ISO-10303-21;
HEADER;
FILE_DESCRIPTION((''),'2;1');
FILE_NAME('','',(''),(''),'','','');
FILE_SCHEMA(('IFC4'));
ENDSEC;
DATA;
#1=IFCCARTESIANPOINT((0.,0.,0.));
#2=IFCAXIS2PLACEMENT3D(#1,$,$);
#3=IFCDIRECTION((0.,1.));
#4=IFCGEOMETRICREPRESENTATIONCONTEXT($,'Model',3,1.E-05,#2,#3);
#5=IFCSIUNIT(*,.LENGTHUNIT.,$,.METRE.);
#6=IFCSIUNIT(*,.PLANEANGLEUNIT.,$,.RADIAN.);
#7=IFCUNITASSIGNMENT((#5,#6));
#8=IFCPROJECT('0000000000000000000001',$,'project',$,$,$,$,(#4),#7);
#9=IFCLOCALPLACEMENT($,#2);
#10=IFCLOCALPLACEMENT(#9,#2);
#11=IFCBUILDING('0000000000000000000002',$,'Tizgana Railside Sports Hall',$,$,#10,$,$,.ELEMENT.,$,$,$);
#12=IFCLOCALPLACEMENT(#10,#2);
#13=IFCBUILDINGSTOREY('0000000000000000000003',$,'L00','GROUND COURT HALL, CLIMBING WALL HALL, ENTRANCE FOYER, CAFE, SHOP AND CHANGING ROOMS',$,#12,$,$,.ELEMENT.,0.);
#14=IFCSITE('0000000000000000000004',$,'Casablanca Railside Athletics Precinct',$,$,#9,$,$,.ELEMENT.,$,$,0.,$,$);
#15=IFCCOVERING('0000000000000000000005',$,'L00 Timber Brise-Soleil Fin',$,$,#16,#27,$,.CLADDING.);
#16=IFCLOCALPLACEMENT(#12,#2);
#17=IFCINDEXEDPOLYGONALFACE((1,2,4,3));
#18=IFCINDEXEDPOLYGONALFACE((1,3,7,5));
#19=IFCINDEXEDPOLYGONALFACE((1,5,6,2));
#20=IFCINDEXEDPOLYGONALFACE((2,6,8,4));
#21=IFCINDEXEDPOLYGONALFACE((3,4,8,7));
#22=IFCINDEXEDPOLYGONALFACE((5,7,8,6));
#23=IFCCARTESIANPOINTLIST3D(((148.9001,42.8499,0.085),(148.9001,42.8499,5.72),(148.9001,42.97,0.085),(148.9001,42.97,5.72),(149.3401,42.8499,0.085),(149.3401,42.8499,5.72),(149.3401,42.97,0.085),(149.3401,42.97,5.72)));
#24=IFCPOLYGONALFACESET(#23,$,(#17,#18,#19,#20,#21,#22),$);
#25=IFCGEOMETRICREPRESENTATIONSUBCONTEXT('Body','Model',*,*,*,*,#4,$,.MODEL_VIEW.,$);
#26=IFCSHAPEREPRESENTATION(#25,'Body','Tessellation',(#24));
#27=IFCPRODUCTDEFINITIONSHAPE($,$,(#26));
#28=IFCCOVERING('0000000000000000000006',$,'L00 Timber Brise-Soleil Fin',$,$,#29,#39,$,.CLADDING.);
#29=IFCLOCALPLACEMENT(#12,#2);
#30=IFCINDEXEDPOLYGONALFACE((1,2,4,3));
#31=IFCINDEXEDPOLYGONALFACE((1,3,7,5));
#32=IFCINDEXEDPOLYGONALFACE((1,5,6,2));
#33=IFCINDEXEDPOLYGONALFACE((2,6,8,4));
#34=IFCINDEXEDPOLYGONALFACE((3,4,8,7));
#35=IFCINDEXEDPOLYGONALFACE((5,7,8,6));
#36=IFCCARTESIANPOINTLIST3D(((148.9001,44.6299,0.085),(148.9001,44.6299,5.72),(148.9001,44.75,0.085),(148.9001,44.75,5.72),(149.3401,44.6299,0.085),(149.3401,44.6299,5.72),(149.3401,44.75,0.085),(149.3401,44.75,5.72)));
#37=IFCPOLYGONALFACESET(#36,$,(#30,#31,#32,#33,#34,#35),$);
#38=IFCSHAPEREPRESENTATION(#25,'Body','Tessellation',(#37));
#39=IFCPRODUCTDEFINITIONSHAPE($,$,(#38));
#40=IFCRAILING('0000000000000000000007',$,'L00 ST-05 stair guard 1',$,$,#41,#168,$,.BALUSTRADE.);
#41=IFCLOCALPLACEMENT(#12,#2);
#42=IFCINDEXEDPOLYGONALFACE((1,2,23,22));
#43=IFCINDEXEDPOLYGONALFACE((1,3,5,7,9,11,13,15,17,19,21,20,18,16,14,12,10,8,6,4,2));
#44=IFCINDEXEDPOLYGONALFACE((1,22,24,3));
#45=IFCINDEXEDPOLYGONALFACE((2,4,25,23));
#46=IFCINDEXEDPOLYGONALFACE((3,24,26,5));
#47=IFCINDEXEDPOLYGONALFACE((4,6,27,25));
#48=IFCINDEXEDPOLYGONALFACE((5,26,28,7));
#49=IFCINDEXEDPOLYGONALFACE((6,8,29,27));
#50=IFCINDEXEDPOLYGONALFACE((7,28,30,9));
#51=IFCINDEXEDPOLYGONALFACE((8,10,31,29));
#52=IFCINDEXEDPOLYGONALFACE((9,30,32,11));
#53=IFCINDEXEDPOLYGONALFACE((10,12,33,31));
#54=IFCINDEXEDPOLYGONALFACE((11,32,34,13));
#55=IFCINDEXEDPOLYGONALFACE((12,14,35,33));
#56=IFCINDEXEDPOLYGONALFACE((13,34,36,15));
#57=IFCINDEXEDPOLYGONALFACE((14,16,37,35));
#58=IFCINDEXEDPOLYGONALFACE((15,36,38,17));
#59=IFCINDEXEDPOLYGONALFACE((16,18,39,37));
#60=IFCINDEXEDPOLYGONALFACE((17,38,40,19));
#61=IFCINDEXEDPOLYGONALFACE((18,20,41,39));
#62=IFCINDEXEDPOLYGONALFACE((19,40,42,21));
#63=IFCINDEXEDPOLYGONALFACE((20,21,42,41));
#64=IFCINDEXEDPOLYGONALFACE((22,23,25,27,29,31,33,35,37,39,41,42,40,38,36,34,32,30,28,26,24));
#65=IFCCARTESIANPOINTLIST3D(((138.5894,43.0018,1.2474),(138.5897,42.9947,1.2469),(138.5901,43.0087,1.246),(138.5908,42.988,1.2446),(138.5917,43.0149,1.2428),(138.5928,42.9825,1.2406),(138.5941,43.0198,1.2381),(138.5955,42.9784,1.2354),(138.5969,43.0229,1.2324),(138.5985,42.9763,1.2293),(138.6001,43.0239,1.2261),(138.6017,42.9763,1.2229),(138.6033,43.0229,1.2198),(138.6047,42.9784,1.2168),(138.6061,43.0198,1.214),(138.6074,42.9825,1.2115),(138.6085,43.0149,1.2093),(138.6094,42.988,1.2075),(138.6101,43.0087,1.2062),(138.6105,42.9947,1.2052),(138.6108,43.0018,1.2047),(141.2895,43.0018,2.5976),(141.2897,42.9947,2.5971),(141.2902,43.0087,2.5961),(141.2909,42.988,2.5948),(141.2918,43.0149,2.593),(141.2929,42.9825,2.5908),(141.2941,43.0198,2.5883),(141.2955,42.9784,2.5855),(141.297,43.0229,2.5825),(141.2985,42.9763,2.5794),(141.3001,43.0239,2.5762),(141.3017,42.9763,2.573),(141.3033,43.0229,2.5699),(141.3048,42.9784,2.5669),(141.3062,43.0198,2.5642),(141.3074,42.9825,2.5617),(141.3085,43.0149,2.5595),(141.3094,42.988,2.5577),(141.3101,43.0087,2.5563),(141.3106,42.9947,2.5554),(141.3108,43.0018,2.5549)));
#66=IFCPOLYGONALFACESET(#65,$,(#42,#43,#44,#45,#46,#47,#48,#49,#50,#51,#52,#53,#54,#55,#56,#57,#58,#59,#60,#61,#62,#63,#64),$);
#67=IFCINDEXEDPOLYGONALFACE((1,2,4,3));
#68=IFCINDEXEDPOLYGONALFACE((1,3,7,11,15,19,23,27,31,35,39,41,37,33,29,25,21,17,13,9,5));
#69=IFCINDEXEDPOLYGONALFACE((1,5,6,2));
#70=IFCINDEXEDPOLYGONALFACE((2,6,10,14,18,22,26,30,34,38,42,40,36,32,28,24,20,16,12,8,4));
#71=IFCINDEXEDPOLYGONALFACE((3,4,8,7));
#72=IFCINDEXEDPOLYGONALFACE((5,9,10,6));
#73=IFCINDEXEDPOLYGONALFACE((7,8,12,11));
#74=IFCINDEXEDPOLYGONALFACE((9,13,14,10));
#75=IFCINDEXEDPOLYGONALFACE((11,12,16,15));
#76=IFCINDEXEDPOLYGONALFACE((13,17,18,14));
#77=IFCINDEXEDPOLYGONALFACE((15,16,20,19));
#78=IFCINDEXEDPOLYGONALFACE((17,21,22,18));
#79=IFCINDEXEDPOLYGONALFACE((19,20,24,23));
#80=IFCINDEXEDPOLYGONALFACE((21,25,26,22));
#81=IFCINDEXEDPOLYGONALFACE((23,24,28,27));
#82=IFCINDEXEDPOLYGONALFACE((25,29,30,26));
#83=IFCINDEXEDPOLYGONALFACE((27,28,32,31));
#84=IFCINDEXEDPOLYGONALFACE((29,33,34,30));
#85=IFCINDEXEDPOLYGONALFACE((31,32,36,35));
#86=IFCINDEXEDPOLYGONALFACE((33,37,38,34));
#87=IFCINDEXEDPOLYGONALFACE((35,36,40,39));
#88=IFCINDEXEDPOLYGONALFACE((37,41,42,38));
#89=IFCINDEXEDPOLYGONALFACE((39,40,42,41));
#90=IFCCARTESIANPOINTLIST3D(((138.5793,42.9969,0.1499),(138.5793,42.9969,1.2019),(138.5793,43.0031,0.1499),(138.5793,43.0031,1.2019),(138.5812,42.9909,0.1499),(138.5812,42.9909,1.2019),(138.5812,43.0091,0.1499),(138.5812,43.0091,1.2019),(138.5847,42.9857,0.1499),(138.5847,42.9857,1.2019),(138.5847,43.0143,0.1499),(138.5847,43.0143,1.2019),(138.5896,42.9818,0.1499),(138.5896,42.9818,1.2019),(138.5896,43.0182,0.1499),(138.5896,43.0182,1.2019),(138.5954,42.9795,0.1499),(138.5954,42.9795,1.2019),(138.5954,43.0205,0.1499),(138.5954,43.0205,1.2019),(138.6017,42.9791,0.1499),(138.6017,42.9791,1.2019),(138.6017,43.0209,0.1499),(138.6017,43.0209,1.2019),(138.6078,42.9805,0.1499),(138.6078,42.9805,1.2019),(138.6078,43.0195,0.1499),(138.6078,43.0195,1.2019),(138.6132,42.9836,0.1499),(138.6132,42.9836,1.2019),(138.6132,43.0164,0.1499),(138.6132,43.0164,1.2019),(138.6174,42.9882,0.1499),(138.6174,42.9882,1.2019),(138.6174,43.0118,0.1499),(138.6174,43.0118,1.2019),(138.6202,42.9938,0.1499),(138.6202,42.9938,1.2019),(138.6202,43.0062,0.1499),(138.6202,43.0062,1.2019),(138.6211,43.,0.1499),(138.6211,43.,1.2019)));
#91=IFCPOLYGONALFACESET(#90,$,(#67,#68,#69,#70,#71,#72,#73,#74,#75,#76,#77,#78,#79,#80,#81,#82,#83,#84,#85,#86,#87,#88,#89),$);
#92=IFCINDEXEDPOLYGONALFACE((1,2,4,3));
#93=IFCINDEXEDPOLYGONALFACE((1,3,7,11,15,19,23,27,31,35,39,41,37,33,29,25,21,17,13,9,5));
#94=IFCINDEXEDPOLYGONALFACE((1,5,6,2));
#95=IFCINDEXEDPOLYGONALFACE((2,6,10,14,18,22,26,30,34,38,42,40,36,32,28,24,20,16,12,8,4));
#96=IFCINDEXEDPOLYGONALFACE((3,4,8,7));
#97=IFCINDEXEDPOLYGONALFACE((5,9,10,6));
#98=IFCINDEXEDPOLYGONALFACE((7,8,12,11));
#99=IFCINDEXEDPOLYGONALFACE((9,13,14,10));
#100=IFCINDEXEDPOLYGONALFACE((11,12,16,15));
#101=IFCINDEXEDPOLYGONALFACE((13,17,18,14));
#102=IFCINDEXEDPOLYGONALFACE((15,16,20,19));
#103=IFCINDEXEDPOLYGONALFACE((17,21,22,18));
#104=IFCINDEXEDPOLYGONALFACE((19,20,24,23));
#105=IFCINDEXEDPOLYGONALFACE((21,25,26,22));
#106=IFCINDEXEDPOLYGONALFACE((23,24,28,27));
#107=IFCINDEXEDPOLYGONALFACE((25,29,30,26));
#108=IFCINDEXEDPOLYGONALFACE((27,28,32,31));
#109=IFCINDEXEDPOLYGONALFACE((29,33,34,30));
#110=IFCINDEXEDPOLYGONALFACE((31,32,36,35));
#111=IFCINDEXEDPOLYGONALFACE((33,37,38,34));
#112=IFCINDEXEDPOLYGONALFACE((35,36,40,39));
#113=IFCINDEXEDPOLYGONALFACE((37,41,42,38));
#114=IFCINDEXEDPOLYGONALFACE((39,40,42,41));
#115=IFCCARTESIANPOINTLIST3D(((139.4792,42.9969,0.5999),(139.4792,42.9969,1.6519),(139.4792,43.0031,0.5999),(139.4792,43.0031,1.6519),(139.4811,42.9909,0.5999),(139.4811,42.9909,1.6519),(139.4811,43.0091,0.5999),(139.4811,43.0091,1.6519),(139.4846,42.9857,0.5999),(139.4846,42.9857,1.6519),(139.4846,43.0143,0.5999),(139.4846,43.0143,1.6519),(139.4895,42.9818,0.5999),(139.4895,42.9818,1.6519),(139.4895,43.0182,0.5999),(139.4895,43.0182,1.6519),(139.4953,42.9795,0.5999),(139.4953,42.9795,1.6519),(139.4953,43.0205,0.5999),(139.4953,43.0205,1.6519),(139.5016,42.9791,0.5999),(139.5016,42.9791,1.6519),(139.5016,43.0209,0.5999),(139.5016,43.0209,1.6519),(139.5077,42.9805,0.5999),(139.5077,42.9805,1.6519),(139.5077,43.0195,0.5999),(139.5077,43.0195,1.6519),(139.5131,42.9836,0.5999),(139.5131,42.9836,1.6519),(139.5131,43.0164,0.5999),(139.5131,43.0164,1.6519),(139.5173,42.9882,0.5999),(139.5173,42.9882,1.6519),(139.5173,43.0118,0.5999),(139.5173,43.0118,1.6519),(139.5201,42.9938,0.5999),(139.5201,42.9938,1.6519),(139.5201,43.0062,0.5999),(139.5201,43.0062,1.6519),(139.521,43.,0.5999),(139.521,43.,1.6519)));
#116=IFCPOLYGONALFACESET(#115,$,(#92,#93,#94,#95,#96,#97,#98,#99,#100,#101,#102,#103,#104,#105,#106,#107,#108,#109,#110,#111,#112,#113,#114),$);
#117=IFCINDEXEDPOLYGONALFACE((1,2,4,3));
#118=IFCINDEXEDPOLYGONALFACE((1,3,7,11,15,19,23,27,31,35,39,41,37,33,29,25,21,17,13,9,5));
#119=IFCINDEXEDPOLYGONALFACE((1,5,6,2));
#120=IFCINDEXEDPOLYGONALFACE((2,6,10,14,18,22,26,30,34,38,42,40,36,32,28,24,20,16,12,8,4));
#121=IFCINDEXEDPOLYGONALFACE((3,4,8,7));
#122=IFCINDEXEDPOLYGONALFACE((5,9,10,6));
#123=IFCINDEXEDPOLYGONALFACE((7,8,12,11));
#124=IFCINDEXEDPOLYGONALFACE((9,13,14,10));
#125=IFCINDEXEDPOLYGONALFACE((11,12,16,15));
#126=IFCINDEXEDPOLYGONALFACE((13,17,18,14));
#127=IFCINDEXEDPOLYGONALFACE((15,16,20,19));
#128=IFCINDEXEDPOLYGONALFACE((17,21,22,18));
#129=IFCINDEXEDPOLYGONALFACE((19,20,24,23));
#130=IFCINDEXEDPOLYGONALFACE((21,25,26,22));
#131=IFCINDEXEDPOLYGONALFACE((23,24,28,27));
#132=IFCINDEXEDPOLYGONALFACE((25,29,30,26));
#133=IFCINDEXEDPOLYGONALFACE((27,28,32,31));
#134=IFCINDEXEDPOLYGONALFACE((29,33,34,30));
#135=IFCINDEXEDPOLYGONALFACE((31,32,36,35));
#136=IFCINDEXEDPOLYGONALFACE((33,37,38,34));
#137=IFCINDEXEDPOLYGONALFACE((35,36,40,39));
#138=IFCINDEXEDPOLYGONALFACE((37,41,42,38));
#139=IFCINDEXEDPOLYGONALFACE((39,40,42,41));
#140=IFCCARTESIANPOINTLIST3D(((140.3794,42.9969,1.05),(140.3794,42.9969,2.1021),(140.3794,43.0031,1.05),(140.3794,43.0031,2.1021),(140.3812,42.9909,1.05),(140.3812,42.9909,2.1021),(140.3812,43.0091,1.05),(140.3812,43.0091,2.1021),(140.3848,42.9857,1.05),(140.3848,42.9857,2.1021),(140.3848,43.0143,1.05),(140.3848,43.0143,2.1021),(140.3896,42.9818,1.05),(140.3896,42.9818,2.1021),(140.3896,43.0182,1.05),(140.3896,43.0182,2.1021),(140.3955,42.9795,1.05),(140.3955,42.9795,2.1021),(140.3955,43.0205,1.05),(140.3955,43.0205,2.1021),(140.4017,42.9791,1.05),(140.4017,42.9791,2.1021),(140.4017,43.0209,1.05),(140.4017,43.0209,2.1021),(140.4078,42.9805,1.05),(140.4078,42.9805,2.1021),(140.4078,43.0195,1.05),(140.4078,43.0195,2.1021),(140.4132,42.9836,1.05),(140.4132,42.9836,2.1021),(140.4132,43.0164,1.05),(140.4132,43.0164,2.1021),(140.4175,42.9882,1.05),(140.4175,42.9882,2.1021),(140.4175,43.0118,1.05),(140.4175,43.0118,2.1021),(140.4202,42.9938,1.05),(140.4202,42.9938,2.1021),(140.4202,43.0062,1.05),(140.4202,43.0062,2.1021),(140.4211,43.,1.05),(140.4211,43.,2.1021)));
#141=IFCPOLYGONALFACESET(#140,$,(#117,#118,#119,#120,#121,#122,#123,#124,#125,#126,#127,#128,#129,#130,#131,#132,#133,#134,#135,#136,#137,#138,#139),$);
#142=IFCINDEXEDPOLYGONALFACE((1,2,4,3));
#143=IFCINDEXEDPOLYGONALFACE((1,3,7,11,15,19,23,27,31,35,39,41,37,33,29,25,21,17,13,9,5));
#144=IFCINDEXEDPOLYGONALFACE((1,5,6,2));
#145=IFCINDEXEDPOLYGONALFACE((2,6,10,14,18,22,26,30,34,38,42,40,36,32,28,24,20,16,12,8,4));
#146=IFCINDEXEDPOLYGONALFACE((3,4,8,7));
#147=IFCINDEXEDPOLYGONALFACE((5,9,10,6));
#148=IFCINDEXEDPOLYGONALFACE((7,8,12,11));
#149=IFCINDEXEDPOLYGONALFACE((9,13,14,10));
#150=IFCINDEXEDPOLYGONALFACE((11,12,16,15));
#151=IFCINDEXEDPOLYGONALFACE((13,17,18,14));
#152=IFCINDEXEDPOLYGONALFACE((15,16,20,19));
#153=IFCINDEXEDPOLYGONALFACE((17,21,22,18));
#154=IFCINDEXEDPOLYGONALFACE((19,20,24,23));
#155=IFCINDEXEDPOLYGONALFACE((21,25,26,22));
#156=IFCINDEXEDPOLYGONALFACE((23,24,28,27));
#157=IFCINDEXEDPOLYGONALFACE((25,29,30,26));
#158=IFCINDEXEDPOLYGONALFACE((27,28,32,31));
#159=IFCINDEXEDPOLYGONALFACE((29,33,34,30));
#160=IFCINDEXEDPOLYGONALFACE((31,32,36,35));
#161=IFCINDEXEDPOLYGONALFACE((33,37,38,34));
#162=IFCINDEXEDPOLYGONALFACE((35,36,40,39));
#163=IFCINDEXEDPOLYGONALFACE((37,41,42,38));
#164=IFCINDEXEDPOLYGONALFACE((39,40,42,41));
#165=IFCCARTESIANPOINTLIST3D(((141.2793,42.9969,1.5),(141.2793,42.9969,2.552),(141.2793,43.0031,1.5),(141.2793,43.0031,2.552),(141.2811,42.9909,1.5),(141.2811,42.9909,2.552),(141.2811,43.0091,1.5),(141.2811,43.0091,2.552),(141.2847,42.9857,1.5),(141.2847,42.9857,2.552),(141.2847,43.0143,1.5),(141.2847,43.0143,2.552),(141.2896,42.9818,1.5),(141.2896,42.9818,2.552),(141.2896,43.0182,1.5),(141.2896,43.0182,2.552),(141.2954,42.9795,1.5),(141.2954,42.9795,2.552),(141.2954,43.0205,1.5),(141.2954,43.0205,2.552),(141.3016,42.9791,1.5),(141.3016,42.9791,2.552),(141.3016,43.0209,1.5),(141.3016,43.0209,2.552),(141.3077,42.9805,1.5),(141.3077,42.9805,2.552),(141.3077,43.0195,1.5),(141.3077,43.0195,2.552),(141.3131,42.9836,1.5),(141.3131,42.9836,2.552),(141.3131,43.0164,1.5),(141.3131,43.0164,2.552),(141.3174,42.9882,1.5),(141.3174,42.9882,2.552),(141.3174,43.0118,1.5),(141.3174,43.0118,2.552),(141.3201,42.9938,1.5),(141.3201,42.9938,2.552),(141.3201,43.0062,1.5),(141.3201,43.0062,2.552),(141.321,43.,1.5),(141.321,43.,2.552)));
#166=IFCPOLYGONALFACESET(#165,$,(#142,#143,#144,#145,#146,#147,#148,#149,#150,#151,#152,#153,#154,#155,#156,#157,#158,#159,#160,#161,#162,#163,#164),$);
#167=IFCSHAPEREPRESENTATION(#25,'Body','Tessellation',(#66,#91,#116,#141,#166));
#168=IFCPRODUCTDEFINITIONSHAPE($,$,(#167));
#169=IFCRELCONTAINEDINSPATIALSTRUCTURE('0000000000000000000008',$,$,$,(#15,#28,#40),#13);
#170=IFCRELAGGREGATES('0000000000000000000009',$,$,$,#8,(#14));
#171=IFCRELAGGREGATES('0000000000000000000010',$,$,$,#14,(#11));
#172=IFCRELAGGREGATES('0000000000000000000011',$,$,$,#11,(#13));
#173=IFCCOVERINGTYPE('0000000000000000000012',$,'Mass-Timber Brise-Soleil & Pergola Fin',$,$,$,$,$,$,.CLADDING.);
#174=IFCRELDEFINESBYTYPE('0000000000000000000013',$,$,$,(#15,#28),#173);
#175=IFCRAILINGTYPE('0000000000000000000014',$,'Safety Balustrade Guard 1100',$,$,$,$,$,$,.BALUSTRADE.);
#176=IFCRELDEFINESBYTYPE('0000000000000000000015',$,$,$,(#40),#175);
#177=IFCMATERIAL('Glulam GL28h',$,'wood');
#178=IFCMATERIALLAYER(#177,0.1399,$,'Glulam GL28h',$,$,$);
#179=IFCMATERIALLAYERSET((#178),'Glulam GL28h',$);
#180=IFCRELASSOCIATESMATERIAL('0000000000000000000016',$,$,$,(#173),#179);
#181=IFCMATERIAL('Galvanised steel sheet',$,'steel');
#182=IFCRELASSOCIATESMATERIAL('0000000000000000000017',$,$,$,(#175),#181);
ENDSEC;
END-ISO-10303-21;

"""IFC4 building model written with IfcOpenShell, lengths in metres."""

from ifc_helpers import new_model, si_unit, direction, frame, origin, origin_2d, place, context, subcontext, project, spatial, rectangle, circle, extrude, material, layer, layer_set, type_object, element, save


model = new_model("IFC4")

# Units and contexts
model_context = context("Model", 3, precision=1e-05, world=origin(), true_north=direction((0.0, 1.0)))
body_context = subcontext(model_context, "Body", "Model", "MODEL_VIEW")
ifc_project = project(units=[si_unit("LENGTHUNIT", "METRE"), si_unit("PLANEANGLEUNIT", "RADIAN")], contexts=[model_context])

# Site, building, storey
site_placement = place(None, origin())
site = spatial("IfcSite", under=ifc_project, at=site_placement, Name="Casablanca Railside Athletics Precinct", CompositionType="ELEMENT", RefElevation=0.0)
building_placement = place(site_placement, origin())
building = spatial("IfcBuilding", under=site, at=building_placement, Name="Tizgana Railside Sports Hall", CompositionType="ELEMENT")
storey_placement = place(building_placement, origin())
storey = spatial("IfcBuildingStorey", under=building, at=storey_placement, Name="L00", Description="GROUND COURT HALL, CLIMBING WALL HALL, ENTRANCE FOYER, CAFE, SHOP AND CHANGING ROOMS", CompositionType="ELEMENT", Elevation=0.0)

# Coverings
ifc_material_1 = material(Name="Glulam GL28h", Category="wood")
ifc_layer_1 = layer(ifc_material_1, 0.1399, Name="Glulam GL28h")
ifc_layer_set_1 = layer_set([ifc_layer_1], Name="Glulam GL28h")
covering_type = type_object("IfcCoveringType", Name="Mass-Timber Brise-Soleil & Pergola Fin", PredefinedType="CLADDING", material=ifc_layer_set_1)
for number, where, z_axis, x_axis, name in (
    (1, (149.1201, 42.9099, 0.085), (0.0, 0.0, 1.0), (0.0, 1.0, 0.0), "L00 Timber Brise-Soleil Fin"),
    (2, (149.1201, 44.6899, 0.085), (0.0, 0.0, 1.0), (0.0, 1.0, 0.0), "L00 Timber Brise-Soleil Fin"),
):
    element("IfcCovering", number, at=place(storey_placement, frame(where, z_axis=z_axis, x_axis=x_axis)), inside=storey, type_object=covering_type, Name=name, PredefinedType="CLADDING", context=body_context, shape_type="SweptSolid", body=[
        extrude(rectangle(XDim=0.1201, YDim=0.4399, at=origin_2d()), origin(), (0.0, 0.0, 1.0), 5.635),
    ])

# Railing
ifc_material_2 = material(Name="Galvanised steel sheet", Category="steel")
railing_type_1 = type_object("IfcRailingType", Name="Safety Balustrade Guard 1100", PredefinedType="BALUSTRADE", material=ifc_material_2)
railing_1_placement = place(storey_placement, frame((138.6001, 43.0, 0.1499)))
element("IfcRailing", 3, at=railing_1_placement, inside=storey, type_object=railing_type_1, Name="L00 ST-05 stair guard 1", PredefinedType="BALUSTRADE", context=body_context, shape_type="SweptSolid", body=[
    extrude(circle(Radius=0.0239, at=origin_2d()), frame((0.0, 0.0, 1.0762), z_axis=(0.894411, 0.0, 0.447246), x_axis=(0.0, 1.0, 0.0)), (0.0, 0.0, 1.0), 3.0188),
    extrude(circle(Radius=0.021, at=origin_2d()), origin(), (0.0, 0.0, 1.0), 1.052),
    extrude(circle(Radius=0.021, at=origin_2d()), frame((0.8999, 0.0, 0.45)), (0.0, 0.0, 1.0), 1.052),
    extrude(circle(Radius=0.021, at=origin_2d()), frame((1.8, 0.0, 0.9001)), (0.0, 0.0, 1.0), 1.052),
    extrude(circle(Radius=0.021, at=origin_2d()), frame((2.7, 0.0, 1.3501)), (0.0, 0.0, 1.0), 1.052),
])

save(model, "model.ifc")
